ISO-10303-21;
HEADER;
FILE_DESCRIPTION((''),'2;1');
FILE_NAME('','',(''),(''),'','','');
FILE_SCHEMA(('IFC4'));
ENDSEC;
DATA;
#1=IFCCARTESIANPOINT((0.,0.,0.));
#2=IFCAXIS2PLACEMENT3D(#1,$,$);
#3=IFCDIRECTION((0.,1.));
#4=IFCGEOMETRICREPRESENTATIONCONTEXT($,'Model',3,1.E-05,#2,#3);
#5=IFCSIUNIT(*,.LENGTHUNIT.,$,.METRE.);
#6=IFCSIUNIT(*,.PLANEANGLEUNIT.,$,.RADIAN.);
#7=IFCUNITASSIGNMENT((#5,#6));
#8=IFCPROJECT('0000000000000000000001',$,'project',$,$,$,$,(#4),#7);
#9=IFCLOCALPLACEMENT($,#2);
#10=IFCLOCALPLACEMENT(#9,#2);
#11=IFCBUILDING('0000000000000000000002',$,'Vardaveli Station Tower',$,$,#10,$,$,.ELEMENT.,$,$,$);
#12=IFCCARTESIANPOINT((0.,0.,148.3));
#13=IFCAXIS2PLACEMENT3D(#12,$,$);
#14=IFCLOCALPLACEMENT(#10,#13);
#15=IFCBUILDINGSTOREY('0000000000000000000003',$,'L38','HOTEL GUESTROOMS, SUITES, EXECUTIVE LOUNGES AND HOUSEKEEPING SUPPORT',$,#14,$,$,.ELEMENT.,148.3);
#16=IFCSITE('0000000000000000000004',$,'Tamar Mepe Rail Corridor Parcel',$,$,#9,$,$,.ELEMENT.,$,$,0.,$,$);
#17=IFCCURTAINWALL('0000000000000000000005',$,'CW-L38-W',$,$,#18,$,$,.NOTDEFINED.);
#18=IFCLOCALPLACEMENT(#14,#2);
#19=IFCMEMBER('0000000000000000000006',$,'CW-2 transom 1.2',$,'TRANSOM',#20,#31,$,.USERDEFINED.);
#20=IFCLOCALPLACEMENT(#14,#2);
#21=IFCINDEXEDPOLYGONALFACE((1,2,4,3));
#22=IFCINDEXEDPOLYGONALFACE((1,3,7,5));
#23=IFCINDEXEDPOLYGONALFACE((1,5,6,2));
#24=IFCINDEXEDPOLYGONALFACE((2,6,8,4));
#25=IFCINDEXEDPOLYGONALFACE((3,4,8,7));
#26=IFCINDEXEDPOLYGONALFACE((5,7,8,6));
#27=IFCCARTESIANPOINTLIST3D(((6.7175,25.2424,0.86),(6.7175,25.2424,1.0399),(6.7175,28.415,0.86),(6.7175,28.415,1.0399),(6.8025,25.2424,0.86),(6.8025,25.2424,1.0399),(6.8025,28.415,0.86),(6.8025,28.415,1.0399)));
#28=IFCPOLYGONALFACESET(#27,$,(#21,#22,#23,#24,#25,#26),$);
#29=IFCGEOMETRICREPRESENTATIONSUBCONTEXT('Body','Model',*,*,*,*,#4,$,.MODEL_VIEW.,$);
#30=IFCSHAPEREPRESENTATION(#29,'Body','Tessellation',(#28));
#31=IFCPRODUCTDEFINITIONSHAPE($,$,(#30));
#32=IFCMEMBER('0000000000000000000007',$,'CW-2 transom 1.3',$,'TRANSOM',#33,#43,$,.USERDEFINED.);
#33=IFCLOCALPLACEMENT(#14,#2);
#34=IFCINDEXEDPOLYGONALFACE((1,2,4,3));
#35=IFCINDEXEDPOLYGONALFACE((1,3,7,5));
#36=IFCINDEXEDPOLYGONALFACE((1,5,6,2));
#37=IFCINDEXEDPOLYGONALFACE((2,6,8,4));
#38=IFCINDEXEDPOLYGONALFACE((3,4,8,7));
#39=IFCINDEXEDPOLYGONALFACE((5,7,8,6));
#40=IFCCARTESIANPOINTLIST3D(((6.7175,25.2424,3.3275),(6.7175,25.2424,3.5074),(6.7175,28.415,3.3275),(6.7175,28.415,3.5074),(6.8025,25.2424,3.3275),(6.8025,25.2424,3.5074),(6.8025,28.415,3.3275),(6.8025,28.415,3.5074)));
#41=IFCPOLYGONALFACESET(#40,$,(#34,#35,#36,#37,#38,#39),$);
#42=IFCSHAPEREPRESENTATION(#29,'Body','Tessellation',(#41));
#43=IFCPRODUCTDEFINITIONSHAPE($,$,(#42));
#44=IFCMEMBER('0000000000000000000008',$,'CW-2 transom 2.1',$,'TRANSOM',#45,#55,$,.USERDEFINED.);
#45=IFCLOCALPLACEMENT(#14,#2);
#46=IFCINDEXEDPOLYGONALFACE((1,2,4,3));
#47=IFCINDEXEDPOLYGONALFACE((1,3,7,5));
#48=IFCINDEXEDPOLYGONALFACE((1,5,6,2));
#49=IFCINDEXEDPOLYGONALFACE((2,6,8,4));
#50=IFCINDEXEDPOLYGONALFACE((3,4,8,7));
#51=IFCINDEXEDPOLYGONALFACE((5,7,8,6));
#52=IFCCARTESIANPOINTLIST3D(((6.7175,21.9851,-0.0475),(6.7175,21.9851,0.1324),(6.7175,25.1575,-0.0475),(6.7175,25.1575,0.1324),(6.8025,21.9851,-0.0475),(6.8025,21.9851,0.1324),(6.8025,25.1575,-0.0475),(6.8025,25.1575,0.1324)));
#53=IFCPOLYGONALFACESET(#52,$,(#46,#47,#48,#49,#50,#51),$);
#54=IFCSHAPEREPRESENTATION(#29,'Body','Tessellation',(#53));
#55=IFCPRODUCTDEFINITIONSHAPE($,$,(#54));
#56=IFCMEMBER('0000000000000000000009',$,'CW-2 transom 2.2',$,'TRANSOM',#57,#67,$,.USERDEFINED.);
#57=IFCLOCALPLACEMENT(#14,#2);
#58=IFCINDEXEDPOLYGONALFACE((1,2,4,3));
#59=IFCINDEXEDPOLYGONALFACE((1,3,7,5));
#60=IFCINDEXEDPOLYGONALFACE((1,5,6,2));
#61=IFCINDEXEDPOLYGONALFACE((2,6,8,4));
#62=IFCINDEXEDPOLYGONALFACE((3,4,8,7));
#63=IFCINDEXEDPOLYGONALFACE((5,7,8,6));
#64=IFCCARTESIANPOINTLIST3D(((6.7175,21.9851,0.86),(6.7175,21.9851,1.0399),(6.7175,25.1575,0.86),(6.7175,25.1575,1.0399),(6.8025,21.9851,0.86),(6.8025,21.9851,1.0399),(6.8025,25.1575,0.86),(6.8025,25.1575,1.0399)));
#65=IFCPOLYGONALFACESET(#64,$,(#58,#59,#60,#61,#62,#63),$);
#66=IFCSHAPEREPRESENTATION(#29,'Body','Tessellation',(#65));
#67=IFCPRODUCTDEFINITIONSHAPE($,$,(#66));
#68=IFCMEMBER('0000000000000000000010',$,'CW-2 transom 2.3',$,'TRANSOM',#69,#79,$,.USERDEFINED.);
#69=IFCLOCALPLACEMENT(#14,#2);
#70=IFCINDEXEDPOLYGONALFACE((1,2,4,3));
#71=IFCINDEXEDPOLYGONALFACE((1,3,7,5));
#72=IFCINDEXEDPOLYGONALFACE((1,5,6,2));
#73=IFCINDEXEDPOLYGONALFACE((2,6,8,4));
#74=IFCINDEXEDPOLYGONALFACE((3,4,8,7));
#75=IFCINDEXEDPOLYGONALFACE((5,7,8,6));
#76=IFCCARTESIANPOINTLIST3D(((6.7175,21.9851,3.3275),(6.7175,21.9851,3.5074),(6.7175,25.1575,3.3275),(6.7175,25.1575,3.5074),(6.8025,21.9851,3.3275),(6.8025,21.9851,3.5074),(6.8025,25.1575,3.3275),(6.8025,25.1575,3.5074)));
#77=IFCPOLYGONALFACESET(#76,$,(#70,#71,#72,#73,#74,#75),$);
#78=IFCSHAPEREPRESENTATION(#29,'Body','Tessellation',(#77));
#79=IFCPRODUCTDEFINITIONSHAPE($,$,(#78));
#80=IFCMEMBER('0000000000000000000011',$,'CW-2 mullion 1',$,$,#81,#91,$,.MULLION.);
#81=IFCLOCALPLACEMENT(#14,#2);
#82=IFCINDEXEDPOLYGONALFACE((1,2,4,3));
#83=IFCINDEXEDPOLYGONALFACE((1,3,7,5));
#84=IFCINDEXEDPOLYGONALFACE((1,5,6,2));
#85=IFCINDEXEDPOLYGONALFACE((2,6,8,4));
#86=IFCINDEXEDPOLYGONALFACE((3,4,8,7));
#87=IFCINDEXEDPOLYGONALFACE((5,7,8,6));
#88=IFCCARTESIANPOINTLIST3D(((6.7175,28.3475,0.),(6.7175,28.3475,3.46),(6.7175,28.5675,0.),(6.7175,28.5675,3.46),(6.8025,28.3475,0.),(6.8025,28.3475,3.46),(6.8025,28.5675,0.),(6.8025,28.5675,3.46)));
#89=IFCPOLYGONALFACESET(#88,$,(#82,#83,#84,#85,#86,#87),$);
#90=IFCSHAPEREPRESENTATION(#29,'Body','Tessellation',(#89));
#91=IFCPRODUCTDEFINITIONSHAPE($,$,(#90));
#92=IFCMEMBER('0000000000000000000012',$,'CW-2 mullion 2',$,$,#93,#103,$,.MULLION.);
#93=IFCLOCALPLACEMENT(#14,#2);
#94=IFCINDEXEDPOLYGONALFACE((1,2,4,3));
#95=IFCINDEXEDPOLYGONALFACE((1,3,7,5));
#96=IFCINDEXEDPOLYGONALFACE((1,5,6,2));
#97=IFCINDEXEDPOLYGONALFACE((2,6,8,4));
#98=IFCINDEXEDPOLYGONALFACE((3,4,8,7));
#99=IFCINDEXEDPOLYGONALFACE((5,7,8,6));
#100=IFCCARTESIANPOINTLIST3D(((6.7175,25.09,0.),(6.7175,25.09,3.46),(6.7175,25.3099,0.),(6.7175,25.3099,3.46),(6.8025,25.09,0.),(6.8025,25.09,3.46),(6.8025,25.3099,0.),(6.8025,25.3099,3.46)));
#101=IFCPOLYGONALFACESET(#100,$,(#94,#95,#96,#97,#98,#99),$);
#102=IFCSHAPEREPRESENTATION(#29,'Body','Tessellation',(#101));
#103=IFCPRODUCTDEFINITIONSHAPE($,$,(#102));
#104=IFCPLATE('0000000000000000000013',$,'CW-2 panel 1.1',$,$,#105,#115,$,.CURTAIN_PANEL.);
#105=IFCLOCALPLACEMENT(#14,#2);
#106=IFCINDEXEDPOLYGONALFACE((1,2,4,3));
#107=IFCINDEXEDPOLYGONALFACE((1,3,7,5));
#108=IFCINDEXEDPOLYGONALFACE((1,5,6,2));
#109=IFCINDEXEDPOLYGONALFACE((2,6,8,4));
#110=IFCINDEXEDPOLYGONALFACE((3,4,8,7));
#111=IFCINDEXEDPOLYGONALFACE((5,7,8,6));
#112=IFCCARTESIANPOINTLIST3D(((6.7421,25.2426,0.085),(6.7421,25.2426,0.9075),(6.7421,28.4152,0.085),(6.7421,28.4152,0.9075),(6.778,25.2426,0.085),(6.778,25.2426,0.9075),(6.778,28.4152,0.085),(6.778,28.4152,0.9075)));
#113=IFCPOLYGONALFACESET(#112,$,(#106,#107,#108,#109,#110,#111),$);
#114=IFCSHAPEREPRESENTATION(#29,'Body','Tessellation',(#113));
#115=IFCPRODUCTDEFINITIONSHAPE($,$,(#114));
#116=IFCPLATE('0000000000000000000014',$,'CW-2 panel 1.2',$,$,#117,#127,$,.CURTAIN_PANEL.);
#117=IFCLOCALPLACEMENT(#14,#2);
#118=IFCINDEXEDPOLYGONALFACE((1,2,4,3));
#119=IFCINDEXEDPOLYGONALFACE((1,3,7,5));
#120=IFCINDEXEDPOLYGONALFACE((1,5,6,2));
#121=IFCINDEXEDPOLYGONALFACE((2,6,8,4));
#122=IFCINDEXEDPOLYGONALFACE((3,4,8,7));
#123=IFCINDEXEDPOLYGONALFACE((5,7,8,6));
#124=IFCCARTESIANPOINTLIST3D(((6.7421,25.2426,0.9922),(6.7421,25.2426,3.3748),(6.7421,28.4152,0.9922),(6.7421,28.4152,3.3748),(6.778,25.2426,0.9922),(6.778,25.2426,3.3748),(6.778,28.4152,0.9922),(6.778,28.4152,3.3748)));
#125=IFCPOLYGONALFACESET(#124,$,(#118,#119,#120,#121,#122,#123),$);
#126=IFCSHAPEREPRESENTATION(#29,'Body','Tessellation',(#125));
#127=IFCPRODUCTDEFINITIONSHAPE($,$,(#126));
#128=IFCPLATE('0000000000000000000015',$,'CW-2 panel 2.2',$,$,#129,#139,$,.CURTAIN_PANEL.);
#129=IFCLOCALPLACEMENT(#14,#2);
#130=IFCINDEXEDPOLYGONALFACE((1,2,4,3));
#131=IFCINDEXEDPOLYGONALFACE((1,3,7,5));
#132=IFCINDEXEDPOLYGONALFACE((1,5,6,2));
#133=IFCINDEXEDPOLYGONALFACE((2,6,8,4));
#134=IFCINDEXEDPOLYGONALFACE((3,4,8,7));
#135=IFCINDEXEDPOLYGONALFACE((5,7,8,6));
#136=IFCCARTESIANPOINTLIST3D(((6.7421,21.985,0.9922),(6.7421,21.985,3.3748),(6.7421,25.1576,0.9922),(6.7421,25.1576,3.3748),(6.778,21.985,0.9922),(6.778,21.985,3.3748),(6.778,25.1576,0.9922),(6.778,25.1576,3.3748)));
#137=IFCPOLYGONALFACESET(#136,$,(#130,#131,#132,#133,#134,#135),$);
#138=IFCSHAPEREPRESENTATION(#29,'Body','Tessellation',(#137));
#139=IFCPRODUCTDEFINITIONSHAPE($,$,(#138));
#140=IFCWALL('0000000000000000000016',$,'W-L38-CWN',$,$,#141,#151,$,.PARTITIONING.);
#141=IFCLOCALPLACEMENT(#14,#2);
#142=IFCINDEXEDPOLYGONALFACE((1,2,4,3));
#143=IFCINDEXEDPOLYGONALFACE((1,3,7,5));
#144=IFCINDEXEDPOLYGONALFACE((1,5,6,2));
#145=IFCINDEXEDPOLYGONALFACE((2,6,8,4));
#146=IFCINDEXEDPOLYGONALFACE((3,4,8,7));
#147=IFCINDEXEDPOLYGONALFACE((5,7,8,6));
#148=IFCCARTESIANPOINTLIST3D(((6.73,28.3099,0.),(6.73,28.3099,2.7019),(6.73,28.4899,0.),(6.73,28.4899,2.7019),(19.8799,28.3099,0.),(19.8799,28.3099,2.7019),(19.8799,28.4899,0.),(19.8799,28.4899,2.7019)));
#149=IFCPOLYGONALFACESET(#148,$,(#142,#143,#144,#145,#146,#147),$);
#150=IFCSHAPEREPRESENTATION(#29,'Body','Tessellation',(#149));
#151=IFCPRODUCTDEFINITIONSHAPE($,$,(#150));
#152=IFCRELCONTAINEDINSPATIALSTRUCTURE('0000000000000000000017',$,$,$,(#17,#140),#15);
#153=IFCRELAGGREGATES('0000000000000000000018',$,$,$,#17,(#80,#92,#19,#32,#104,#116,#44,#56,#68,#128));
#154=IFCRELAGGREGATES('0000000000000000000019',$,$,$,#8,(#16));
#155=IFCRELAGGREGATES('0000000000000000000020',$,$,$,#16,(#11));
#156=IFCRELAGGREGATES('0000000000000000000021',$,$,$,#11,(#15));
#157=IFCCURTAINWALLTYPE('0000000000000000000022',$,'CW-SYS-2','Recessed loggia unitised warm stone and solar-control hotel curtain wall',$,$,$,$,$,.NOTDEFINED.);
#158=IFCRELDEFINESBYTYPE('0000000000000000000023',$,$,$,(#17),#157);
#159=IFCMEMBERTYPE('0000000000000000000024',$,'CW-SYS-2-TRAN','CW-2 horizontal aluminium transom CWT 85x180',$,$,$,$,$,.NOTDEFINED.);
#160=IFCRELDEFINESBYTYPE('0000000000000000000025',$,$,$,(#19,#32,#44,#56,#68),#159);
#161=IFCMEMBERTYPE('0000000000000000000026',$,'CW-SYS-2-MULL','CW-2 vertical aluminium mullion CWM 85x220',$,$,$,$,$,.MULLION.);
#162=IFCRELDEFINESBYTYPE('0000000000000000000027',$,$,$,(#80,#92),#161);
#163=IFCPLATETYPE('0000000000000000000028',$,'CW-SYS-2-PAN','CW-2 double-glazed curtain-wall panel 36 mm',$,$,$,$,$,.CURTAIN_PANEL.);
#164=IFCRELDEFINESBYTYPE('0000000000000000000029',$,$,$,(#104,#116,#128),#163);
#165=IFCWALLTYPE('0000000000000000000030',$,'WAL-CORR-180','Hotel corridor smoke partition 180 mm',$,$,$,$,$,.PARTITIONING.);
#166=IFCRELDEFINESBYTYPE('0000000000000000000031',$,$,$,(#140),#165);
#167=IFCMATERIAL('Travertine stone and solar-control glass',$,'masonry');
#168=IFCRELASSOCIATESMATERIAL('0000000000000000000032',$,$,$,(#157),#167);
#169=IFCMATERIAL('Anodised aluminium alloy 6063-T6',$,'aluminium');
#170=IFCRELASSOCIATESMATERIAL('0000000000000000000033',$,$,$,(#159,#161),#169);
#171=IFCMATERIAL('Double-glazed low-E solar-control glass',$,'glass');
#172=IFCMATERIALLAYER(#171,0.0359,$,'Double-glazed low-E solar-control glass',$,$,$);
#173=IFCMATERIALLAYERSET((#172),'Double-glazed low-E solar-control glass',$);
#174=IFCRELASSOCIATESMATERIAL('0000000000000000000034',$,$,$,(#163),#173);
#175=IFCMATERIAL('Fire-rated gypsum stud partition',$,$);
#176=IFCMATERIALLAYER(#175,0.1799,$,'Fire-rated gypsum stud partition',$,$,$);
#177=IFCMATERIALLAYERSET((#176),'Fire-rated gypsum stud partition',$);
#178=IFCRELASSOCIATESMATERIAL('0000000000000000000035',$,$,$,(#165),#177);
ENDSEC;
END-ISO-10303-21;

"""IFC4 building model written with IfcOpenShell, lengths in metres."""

from ifc_helpers import new_model, si_unit, direction, frame, frame_2d, origin, origin_2d, place, context, subcontext, project, spatial, rectangle, extrude, source, transform, mapped, material, layer, layer_set, material_profile, profile_set, type_object, element, aggregate, save


model = new_model("IFC4")

# Units and contexts
model_context = context("Model", 3, precision=1e-05, world=origin(), true_north=direction((0.0, 1.0)))
body_context = subcontext(model_context, "Body", "Model", "MODEL_VIEW")
ifc_project = project(units=[si_unit("LENGTHUNIT", "METRE"), si_unit("PLANEANGLEUNIT", "RADIAN")], contexts=[model_context])

# Site, building, storey
site_placement = place(None, origin())
site = spatial("IfcSite", under=ifc_project, at=site_placement, Name="Tamar Mepe Rail Corridor Parcel", CompositionType="ELEMENT", RefElevation=0.0)
building_placement = place(site_placement, origin())
building = spatial("IfcBuilding", under=site, at=building_placement, Name="Vardaveli Station Tower", CompositionType="ELEMENT")
storey_placement = place(building_placement, frame((0.0, 0.0, 148.3)))
storey = spatial("IfcBuildingStorey", under=building, at=storey_placement, Name="L38", Description="HOTEL GUESTROOMS, SUITES, EXECUTIVE LOUNGES AND HOUSEKEEPING SUPPORT", CompositionType="ELEMENT", Elevation=148.3)

# Curtain wall, members, plates
ifc_material_1 = material(Name="Travertine stone and solar-control glass", Category="masonry")
curtain_wall_type = type_object("IfcCurtainWallType", Name="CW-SYS-2", Description="Recessed loggia unitised warm stone and solar-control hotel curtain wall", PredefinedType="NOTDEFINED", material=ifc_material_1)
curtain_wall_placement = place(storey_placement, origin())
curtain_wall = element("IfcCurtainWall", 1, at=curtain_wall_placement, inside=storey, type_object=curtain_wall_type, Name="CW-L38-W", PredefinedType="NOTDEFINED")
ifc_material_2 = material(Name="Anodised aluminium alloy 6063-T6", Category="aluminium")
ifc_material_profile_1 = material_profile(ifc_material_2, rectangle(XDim=0.085, YDim=0.1799, at=origin_2d()), Name="CWT 85x180")
ifc_profile_set_1 = profile_set([ifc_material_profile_1], Name="Anodised aluminium alloy 6063-T6")
member_type_1 = type_object("IfcMemberType", Name="CW-SYS-2-TRAN", Description="CW-2 horizontal aluminium transom CWT 85x180", PredefinedType="NOTDEFINED", material=ifc_profile_set_1)
shared_shape_1 = source(origin(), body_context, "Body", "SweptSolid", [
    extrude(rectangle(XDim=0.085, YDim=0.1799, at=origin_2d()), origin(), (0.0, 0.0, 1.0), 3.1726),
])
member_1_placement = place(storey_placement, frame((6.76, 28.415, 0.95), z_axis=(0.0, -1.0, 0.0), x_axis=(1.0, 0.0, 0.0)))
member_1 = element("IfcMember", 2, at=member_1_placement, type_object=member_type_1, Name="CW-2 transom 1.2", ObjectType="TRANSOM", PredefinedType="USERDEFINED", context=body_context, shape_type="MappedRepresentation", body=[
    mapped(shared_shape_1, transform((0.0, 0.0, 0.0), scale=1.0)),
])
member_2_placement = place(storey_placement, frame((6.76, 28.415, 3.4175), z_axis=(0.0, -1.0, 0.0), x_axis=(1.0, 0.0, 0.0)))
member_2 = element("IfcMember", 3, at=member_2_placement, type_object=member_type_1, Name="CW-2 transom 1.3", ObjectType="TRANSOM", PredefinedType="USERDEFINED", context=body_context, shape_type="MappedRepresentation", body=[
    mapped(shared_shape_1, transform((0.0, 0.0, 0.0), scale=1.0)),
])
shared_shape_2 = source(origin(), body_context, "Body", "SweptSolid", [
    extrude(rectangle(XDim=0.085, YDim=0.1799, at=origin_2d()), origin(), (0.0, 0.0, 1.0), 3.1724),
])
member_3_placement = place(storey_placement, frame((6.76, 25.1575, 0.0425), z_axis=(0.0, -1.0, 0.0), x_axis=(1.0, 0.0, 0.0)))
member_3 = element("IfcMember", 4, at=member_3_placement, type_object=member_type_1, Name="CW-2 transom 2.1", ObjectType="TRANSOM", PredefinedType="USERDEFINED", context=body_context, shape_type="MappedRepresentation", body=[
    mapped(shared_shape_2, transform((0.0, 0.0, 0.0), scale=1.0)),
])
member_4_placement = place(storey_placement, frame((6.76, 25.1575, 0.95), z_axis=(0.0, -1.0, 0.0), x_axis=(1.0, 0.0, 0.0)))
member_4 = element("IfcMember", 5, at=member_4_placement, type_object=member_type_1, Name="CW-2 transom 2.2", ObjectType="TRANSOM", PredefinedType="USERDEFINED", context=body_context, shape_type="MappedRepresentation", body=[
    mapped(shared_shape_2, transform((0.0, 0.0, 0.0), scale=1.0)),
])
member_5_placement = place(storey_placement, frame((6.76, 25.1575, 3.4175), z_axis=(0.0, -1.0, 0.0), x_axis=(1.0, 0.0, 0.0)))
member_5 = element("IfcMember", 6, at=member_5_placement, type_object=member_type_1, Name="CW-2 transom 2.3", ObjectType="TRANSOM", PredefinedType="USERDEFINED", context=body_context, shape_type="MappedRepresentation", body=[
    mapped(shared_shape_2, transform((0.0, 0.0, 0.0), scale=1.0)),
])
ifc_material_profile_2 = material_profile(ifc_material_2, rectangle(XDim=0.085, YDim=0.22, at=origin_2d()), Name="CWM 85x220")
ifc_profile_set_2 = profile_set([ifc_material_profile_2], Name="Anodised aluminium alloy 6063-T6")
member_type_2 = type_object("IfcMemberType", Name="CW-SYS-2-MULL", Description="CW-2 vertical aluminium mullion CWM 85x220", PredefinedType="MULLION", material=ifc_profile_set_2)
shared_shape_3 = source(origin(), body_context, "Body", "SweptSolid", [
    extrude(rectangle(XDim=0.085, YDim=0.22, at=origin_2d()), origin(), (0.0, 0.0, 1.0), 3.46),
])
member_6_placement = place(storey_placement, frame((6.76, 28.4575, 0.0), z_axis=(0.0, 0.0, 1.0), x_axis=(1.0, 0.0, 0.0)))
member_6 = element("IfcMember", 7, at=member_6_placement, type_object=member_type_2, Name="CW-2 mullion 1", PredefinedType="MULLION", context=body_context, shape_type="MappedRepresentation", body=[
    mapped(shared_shape_3, transform((0.0, 0.0, 0.0), scale=1.0)),
])
member_7_placement = place(storey_placement, frame((6.76, 25.2, 0.0), z_axis=(0.0, 0.0, 1.0), x_axis=(1.0, 0.0, 0.0)))
member_7 = element("IfcMember", 8, at=member_7_placement, type_object=member_type_2, Name="CW-2 mullion 2", PredefinedType="MULLION", context=body_context, shape_type="MappedRepresentation", body=[
    mapped(shared_shape_3, transform((0.0, 0.0, 0.0), scale=1.0)),
])
ifc_material_3 = material(Name="Double-glazed low-E solar-control glass", Category="glass")
ifc_layer_1 = layer(ifc_material_3, 0.0359, Name="Double-glazed low-E solar-control glass")
ifc_layer_set_1 = layer_set([ifc_layer_1], Name="Double-glazed low-E solar-control glass")
plate_type = type_object("IfcPlateType", Name="CW-SYS-2-PAN", Description="CW-2 double-glazed curtain-wall panel 36 mm", PredefinedType="CURTAIN_PANEL", material=ifc_layer_set_1)
shared_shape_4 = source(origin(), body_context, "Body", "SweptSolid", [
    extrude(rectangle(XDim=3.1726, YDim=0.0359, at=origin_2d()), origin(), (0.0, 0.0, 1.0), 0.8225),
])
plate_1_placement = place(storey_placement, frame((6.76, 26.8289, 0.085), z_axis=(0.0, 0.0, 1.0), x_axis=(0.0, -1.0, 0.0)))
plate_1 = element("IfcPlate", 9, at=plate_1_placement, type_object=plate_type, Name="CW-2 panel 1.1", PredefinedType="CURTAIN_PANEL", context=body_context, shape_type="MappedRepresentation", body=[
    mapped(shared_shape_4, transform((0.0, 0.0, 0.0), scale=1.0)),
])
shared_shape_5 = source(origin(), body_context, "Body", "SweptSolid", [
    extrude(rectangle(XDim=3.1726, YDim=0.0359, at=origin_2d()), origin(), (0.0, 0.0, 1.0), 2.3826),
])
plate_2_placement = place(storey_placement, frame((6.76, 26.8289, 0.9922), z_axis=(0.0, 0.0, 1.0), x_axis=(0.0, -1.0, 0.0)))
plate_2 = element("IfcPlate", 10, at=plate_2_placement, type_object=plate_type, Name="CW-2 panel 1.2", PredefinedType="CURTAIN_PANEL", context=body_context, shape_type="MappedRepresentation", body=[
    mapped(shared_shape_5, transform((0.0, 0.0, 0.0), scale=1.0)),
])
plate_3_placement = place(storey_placement, frame((6.76, 23.5713, 0.9922), z_axis=(0.0, 0.0, 1.0), x_axis=(0.0, -1.0, 0.0)))
plate_3 = element("IfcPlate", 11, at=plate_3_placement, type_object=plate_type, Name="CW-2 panel 2.2", PredefinedType="CURTAIN_PANEL", context=body_context, shape_type="MappedRepresentation", body=[
    mapped(shared_shape_5, transform((0.0, 0.0, 0.0), scale=1.0)),
])
aggregate(curtain_wall, [member_6, member_7, member_1, member_2, plate_1, plate_2, member_3, member_4, member_5, plate_3])

# Wall
ifc_material_4 = material(Name="Fire-rated gypsum stud partition")
ifc_layer_2 = layer(ifc_material_4, 0.1799, Name="Fire-rated gypsum stud partition")
ifc_layer_set_2 = layer_set([ifc_layer_2], Name="Fire-rated gypsum stud partition")
wall_type_1 = type_object("IfcWallType", Name="WAL-CORR-180", Description="Hotel corridor smoke partition 180 mm", PredefinedType="PARTITIONING", material=ifc_layer_set_2)
shared_shape_6 = source(origin(), body_context, "Body", "SweptSolid", [
    extrude(rectangle(XDim=13.1499, YDim=0.1799, at=frame_2d((6.575, 0.0))), origin(), (0.0, 0.0, 1.0), 2.7019),
])
wall_1_placement = place(storey_placement, frame((6.73, 28.3999, 0.0), z_axis=(0.0, 0.0, 1.0), x_axis=(1.0, 0.0, 0.0)))
element("IfcWall", 12, at=wall_1_placement, inside=storey, type_object=wall_type_1, Name="W-L38-CWN", PredefinedType="PARTITIONING", context=body_context, shape_type="MappedRepresentation", body=[
    mapped(shared_shape_6, transform((0.0, 0.0, 0.0), scale=1.0)),
])

save(model, "model.ifc")
